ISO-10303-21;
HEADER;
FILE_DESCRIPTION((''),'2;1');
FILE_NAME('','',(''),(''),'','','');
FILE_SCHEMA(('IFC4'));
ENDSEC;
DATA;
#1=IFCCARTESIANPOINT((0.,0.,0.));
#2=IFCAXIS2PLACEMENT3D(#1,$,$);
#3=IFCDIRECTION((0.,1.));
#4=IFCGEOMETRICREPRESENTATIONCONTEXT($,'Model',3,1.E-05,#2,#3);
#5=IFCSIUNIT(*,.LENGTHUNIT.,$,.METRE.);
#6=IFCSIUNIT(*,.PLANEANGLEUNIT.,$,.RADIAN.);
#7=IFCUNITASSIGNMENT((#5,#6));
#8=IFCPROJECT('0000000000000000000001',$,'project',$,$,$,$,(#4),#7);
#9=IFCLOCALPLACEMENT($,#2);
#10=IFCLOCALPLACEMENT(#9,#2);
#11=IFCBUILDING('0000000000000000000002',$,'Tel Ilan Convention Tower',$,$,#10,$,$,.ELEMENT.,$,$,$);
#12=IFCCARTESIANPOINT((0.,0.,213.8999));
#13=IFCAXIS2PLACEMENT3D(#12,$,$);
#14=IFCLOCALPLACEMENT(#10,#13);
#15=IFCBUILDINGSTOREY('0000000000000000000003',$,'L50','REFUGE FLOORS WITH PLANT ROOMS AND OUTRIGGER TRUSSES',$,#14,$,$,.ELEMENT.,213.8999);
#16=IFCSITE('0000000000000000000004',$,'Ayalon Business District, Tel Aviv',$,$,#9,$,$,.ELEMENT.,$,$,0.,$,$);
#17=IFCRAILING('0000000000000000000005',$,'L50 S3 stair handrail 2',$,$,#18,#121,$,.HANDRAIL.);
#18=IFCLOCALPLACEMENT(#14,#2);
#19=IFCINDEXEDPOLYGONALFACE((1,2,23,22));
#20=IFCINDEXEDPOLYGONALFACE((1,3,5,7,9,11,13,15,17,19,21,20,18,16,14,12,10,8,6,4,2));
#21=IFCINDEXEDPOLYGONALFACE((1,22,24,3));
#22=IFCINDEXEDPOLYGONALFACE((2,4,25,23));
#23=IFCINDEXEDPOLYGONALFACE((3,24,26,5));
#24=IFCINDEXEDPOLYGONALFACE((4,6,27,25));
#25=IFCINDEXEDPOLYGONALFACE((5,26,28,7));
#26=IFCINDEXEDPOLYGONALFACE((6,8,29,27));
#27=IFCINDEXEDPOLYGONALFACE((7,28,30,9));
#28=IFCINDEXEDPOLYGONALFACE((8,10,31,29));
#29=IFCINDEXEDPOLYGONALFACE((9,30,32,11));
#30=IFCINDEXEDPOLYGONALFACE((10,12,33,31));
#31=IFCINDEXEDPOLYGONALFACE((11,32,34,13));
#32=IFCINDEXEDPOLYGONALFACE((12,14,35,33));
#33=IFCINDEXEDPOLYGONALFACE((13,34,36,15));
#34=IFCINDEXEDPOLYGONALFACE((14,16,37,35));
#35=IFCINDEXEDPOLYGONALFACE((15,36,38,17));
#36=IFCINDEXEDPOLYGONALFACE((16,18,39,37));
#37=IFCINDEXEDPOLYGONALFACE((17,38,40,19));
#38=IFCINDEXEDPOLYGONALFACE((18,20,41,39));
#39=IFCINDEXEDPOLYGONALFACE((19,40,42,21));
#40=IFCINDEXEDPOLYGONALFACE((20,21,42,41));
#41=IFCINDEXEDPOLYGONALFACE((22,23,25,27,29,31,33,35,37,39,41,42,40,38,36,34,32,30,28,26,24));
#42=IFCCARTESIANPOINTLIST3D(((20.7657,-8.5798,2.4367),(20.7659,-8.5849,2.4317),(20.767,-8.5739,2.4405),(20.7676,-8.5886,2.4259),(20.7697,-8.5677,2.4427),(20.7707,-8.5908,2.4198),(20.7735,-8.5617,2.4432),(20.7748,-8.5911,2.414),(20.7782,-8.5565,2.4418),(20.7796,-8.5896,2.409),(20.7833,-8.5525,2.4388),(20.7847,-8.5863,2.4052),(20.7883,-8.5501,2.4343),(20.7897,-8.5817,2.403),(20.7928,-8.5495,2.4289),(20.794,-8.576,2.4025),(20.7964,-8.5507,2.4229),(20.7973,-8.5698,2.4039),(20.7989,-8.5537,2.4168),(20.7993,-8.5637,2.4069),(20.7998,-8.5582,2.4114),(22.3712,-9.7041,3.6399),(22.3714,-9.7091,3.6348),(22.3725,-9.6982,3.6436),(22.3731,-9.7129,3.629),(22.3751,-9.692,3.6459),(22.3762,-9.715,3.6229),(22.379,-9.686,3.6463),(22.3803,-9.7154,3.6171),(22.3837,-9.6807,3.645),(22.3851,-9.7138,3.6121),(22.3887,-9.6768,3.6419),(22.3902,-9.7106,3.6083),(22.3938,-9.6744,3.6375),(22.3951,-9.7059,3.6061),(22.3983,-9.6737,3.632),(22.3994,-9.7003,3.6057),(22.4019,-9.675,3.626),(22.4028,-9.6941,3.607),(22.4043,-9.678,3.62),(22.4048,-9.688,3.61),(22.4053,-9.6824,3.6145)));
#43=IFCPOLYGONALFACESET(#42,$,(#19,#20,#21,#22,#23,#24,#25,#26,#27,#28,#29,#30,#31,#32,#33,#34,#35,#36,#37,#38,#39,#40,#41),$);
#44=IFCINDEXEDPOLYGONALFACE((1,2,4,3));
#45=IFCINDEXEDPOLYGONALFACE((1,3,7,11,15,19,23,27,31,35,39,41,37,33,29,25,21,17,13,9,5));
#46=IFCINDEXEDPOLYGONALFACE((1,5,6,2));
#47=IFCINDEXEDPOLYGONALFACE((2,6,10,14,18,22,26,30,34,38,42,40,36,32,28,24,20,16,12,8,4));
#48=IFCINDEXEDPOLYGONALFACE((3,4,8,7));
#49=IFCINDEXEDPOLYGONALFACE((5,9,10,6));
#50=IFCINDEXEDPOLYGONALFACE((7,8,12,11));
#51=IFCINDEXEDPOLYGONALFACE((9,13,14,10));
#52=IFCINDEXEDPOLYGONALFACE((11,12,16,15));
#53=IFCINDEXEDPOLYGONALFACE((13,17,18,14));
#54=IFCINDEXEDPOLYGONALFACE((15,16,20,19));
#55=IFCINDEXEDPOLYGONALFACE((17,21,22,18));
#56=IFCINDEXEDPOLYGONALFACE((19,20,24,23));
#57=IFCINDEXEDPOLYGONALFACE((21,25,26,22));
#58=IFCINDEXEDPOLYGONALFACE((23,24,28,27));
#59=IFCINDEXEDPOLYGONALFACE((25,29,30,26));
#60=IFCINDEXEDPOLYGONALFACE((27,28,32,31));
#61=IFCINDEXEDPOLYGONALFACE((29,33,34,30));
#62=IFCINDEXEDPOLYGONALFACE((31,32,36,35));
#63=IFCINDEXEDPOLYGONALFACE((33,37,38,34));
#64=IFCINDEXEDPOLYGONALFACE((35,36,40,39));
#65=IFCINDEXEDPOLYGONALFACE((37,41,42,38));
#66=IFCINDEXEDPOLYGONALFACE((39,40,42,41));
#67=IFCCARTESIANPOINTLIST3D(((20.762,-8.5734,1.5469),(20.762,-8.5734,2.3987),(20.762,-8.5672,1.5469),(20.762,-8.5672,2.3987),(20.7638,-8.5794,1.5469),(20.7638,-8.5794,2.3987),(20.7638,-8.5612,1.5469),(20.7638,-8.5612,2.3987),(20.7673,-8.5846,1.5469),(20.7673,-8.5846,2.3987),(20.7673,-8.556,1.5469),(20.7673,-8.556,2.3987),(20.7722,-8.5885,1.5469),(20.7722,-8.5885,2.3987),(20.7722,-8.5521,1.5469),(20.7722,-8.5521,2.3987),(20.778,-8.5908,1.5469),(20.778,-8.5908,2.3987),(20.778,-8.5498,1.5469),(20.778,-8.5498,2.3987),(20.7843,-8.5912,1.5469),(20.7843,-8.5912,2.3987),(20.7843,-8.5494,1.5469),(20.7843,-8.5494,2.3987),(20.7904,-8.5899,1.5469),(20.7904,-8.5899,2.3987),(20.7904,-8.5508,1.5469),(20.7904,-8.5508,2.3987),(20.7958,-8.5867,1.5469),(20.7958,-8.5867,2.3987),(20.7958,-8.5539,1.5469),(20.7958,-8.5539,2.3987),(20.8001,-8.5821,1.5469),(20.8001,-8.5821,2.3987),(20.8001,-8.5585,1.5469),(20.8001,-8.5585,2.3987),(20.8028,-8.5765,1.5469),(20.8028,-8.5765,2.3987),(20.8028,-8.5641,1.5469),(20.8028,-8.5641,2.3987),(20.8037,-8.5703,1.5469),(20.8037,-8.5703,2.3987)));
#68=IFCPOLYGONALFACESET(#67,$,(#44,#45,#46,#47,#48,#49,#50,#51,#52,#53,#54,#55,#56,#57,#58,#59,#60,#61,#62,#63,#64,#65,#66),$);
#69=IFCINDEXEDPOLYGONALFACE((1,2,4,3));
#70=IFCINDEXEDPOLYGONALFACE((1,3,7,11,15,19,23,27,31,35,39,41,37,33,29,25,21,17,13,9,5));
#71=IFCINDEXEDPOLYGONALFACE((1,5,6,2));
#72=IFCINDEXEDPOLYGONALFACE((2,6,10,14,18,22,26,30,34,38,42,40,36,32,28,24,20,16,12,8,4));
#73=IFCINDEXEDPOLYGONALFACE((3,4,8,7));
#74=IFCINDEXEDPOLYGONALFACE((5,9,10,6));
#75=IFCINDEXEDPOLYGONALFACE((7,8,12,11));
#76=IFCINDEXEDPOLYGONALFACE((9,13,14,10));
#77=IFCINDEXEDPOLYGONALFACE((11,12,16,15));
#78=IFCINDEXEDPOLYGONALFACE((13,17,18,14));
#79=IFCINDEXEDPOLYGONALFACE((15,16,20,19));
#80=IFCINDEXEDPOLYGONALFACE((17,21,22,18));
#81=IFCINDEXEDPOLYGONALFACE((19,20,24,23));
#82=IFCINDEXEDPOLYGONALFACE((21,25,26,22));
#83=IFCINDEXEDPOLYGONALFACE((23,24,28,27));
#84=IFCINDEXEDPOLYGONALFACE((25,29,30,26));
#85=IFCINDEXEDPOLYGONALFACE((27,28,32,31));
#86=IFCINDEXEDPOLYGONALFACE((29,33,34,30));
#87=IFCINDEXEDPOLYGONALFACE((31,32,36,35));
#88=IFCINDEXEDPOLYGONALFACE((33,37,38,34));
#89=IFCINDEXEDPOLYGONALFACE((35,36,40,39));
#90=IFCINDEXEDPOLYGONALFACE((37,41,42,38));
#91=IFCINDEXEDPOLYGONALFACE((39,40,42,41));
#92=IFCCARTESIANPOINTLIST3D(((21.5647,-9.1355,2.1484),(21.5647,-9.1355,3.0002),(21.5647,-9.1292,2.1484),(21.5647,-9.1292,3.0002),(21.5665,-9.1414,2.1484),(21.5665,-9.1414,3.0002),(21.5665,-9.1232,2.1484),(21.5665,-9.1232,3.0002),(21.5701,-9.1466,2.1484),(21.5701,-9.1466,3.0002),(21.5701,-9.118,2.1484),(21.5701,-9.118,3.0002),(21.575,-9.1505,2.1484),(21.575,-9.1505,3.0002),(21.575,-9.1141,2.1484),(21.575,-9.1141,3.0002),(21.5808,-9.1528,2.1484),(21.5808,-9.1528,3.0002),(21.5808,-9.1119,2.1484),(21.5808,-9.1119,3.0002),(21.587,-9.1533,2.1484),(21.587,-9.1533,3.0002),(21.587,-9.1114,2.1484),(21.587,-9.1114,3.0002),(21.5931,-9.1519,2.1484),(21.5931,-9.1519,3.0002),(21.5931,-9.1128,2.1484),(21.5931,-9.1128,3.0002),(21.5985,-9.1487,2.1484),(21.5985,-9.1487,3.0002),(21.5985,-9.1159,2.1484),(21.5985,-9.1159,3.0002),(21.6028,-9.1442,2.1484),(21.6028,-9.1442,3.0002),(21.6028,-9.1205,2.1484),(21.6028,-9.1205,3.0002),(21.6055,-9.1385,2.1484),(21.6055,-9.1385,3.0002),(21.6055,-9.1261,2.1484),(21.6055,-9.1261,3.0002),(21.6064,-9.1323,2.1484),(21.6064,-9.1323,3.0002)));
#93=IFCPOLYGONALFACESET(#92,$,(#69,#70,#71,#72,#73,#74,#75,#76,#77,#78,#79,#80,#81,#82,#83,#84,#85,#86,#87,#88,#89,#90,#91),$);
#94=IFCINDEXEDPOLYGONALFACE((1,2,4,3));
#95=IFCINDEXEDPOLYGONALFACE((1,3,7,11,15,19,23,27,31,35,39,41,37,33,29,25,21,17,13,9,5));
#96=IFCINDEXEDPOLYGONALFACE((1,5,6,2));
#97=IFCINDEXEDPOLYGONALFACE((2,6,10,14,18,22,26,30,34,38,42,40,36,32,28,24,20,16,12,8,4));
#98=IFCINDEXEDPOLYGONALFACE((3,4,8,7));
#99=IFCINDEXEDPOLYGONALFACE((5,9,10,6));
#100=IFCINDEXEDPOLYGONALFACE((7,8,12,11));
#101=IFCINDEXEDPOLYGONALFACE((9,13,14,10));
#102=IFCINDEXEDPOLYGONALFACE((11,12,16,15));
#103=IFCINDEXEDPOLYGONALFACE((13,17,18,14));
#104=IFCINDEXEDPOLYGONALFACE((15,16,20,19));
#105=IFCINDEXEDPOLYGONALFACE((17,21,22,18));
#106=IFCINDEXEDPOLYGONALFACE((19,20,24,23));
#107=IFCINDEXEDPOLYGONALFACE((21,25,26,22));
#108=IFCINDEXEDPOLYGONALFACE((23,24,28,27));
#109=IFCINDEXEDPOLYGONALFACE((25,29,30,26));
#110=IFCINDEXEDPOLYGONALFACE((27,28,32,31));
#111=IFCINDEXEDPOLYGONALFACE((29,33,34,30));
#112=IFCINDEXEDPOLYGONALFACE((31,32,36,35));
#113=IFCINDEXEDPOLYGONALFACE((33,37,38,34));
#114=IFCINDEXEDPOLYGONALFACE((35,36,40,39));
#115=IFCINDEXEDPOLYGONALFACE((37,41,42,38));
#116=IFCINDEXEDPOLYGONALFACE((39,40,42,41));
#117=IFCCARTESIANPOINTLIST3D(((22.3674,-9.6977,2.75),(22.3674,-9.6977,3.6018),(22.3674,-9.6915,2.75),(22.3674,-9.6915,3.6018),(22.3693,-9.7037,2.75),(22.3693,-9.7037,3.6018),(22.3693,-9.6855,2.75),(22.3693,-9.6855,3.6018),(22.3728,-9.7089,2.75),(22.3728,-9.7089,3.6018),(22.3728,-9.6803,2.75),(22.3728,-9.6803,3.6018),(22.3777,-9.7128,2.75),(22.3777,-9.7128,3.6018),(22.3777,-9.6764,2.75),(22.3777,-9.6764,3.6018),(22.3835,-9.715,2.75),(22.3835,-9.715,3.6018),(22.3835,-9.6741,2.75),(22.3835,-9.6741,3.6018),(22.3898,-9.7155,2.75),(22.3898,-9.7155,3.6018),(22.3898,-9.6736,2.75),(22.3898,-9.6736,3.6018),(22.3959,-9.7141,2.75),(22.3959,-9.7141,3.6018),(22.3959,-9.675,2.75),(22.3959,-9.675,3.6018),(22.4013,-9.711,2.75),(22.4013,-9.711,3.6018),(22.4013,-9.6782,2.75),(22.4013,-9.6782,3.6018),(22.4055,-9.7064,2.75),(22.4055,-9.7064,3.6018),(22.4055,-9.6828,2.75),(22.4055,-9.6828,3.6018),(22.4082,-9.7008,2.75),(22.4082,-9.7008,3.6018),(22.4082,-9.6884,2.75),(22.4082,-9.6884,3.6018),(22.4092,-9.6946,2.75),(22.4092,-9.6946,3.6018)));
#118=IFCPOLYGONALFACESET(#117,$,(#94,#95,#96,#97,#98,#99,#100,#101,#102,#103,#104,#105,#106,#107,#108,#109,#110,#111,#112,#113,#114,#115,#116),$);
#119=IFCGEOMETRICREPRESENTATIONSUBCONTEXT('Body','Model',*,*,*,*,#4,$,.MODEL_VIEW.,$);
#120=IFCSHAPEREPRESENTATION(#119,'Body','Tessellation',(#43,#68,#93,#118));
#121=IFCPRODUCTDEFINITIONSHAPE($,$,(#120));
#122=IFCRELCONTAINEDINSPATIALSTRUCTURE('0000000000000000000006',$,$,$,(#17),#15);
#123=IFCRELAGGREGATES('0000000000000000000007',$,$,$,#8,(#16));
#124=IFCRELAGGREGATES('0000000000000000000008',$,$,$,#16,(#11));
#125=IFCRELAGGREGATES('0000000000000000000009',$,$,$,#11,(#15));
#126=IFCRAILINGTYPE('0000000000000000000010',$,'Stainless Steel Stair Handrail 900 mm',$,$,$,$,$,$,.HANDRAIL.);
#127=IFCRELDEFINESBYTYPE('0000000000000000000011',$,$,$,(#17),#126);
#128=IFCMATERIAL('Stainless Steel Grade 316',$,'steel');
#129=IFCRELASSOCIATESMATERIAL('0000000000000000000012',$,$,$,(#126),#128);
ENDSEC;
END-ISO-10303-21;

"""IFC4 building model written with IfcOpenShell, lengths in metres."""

from ifc_helpers import new_model, si_unit, direction, frame, origin, origin_2d, place, context, subcontext, project, spatial, circle, extrude, material, type_object, element, save


model = new_model("IFC4")

# Units and contexts
model_context = context("Model", 3, precision=1e-05, world=origin(), true_north=direction((0.0, 1.0)))
body_context = subcontext(model_context, "Body", "Model", "MODEL_VIEW")
ifc_project = project(units=[si_unit("LENGTHUNIT", "METRE"), si_unit("PLANEANGLEUNIT", "RADIAN")], contexts=[model_context])

# Site, building, storey
site_placement = place(None, origin())
site = spatial("IfcSite", under=ifc_project, at=site_placement, Name="Ayalon Business District, Tel Aviv", CompositionType="ELEMENT", RefElevation=0.0)
building_placement = place(site_placement, origin())
building = spatial("IfcBuilding", under=site, at=building_placement, Name="Tel Ilan Convention Tower", CompositionType="ELEMENT")
storey_placement = place(building_placement, frame((0.0, 0.0, 213.8999)))
storey = spatial("IfcBuildingStorey", under=building, at=storey_placement, Name="L50", Description="REFUGE FLOORS WITH PLANT ROOMS AND OUTRIGGER TRUSSES", CompositionType="ELEMENT", Elevation=213.8999)

# Railing
ifc_material_1 = material(Name="Stainless Steel Grade 316", Category="steel")
railing_type_1 = type_object("IfcRailingType", Name="Stainless Steel Stair Handrail 900 mm", PredefinedType="HANDRAIL", material=ifc_material_1)
for number, where, name in (
    (1, (20.7827, -8.5703, 1.5469), "L50 S3 stair handrail 2"),
):
    element("IfcRailing", number, at=place(storey_placement, frame(where)), inside=storey, type_object=railing_type_1, Name=name, PredefinedType="HANDRAIL", context=body_context, shape_type="SweptSolid", body=[
        extrude(circle(Radius=0.0239, at=origin_2d()), frame((0.0, 0.0, 0.876), z_axis=(0.698095, -0.488857, 0.523146), x_axis=(0.573613, 0.819127, 0.0)), (0.0, 0.0, 1.0), 2.2998),
        extrude(circle(Radius=0.021, at=origin_2d()), origin(), (0.0, 0.0, 1.0), 0.8518),
        extrude(circle(Radius=0.021, at=origin_2d()), frame((0.8027, -0.562, 0.6016)), (0.0, 0.0, 1.0), 0.8518),
        extrude(circle(Radius=0.021, at=origin_2d()), frame((1.6055, -1.1243, 1.2031)), (0.0, 0.0, 1.0), 0.8518),
    ])

save(model, "model.ifc")
